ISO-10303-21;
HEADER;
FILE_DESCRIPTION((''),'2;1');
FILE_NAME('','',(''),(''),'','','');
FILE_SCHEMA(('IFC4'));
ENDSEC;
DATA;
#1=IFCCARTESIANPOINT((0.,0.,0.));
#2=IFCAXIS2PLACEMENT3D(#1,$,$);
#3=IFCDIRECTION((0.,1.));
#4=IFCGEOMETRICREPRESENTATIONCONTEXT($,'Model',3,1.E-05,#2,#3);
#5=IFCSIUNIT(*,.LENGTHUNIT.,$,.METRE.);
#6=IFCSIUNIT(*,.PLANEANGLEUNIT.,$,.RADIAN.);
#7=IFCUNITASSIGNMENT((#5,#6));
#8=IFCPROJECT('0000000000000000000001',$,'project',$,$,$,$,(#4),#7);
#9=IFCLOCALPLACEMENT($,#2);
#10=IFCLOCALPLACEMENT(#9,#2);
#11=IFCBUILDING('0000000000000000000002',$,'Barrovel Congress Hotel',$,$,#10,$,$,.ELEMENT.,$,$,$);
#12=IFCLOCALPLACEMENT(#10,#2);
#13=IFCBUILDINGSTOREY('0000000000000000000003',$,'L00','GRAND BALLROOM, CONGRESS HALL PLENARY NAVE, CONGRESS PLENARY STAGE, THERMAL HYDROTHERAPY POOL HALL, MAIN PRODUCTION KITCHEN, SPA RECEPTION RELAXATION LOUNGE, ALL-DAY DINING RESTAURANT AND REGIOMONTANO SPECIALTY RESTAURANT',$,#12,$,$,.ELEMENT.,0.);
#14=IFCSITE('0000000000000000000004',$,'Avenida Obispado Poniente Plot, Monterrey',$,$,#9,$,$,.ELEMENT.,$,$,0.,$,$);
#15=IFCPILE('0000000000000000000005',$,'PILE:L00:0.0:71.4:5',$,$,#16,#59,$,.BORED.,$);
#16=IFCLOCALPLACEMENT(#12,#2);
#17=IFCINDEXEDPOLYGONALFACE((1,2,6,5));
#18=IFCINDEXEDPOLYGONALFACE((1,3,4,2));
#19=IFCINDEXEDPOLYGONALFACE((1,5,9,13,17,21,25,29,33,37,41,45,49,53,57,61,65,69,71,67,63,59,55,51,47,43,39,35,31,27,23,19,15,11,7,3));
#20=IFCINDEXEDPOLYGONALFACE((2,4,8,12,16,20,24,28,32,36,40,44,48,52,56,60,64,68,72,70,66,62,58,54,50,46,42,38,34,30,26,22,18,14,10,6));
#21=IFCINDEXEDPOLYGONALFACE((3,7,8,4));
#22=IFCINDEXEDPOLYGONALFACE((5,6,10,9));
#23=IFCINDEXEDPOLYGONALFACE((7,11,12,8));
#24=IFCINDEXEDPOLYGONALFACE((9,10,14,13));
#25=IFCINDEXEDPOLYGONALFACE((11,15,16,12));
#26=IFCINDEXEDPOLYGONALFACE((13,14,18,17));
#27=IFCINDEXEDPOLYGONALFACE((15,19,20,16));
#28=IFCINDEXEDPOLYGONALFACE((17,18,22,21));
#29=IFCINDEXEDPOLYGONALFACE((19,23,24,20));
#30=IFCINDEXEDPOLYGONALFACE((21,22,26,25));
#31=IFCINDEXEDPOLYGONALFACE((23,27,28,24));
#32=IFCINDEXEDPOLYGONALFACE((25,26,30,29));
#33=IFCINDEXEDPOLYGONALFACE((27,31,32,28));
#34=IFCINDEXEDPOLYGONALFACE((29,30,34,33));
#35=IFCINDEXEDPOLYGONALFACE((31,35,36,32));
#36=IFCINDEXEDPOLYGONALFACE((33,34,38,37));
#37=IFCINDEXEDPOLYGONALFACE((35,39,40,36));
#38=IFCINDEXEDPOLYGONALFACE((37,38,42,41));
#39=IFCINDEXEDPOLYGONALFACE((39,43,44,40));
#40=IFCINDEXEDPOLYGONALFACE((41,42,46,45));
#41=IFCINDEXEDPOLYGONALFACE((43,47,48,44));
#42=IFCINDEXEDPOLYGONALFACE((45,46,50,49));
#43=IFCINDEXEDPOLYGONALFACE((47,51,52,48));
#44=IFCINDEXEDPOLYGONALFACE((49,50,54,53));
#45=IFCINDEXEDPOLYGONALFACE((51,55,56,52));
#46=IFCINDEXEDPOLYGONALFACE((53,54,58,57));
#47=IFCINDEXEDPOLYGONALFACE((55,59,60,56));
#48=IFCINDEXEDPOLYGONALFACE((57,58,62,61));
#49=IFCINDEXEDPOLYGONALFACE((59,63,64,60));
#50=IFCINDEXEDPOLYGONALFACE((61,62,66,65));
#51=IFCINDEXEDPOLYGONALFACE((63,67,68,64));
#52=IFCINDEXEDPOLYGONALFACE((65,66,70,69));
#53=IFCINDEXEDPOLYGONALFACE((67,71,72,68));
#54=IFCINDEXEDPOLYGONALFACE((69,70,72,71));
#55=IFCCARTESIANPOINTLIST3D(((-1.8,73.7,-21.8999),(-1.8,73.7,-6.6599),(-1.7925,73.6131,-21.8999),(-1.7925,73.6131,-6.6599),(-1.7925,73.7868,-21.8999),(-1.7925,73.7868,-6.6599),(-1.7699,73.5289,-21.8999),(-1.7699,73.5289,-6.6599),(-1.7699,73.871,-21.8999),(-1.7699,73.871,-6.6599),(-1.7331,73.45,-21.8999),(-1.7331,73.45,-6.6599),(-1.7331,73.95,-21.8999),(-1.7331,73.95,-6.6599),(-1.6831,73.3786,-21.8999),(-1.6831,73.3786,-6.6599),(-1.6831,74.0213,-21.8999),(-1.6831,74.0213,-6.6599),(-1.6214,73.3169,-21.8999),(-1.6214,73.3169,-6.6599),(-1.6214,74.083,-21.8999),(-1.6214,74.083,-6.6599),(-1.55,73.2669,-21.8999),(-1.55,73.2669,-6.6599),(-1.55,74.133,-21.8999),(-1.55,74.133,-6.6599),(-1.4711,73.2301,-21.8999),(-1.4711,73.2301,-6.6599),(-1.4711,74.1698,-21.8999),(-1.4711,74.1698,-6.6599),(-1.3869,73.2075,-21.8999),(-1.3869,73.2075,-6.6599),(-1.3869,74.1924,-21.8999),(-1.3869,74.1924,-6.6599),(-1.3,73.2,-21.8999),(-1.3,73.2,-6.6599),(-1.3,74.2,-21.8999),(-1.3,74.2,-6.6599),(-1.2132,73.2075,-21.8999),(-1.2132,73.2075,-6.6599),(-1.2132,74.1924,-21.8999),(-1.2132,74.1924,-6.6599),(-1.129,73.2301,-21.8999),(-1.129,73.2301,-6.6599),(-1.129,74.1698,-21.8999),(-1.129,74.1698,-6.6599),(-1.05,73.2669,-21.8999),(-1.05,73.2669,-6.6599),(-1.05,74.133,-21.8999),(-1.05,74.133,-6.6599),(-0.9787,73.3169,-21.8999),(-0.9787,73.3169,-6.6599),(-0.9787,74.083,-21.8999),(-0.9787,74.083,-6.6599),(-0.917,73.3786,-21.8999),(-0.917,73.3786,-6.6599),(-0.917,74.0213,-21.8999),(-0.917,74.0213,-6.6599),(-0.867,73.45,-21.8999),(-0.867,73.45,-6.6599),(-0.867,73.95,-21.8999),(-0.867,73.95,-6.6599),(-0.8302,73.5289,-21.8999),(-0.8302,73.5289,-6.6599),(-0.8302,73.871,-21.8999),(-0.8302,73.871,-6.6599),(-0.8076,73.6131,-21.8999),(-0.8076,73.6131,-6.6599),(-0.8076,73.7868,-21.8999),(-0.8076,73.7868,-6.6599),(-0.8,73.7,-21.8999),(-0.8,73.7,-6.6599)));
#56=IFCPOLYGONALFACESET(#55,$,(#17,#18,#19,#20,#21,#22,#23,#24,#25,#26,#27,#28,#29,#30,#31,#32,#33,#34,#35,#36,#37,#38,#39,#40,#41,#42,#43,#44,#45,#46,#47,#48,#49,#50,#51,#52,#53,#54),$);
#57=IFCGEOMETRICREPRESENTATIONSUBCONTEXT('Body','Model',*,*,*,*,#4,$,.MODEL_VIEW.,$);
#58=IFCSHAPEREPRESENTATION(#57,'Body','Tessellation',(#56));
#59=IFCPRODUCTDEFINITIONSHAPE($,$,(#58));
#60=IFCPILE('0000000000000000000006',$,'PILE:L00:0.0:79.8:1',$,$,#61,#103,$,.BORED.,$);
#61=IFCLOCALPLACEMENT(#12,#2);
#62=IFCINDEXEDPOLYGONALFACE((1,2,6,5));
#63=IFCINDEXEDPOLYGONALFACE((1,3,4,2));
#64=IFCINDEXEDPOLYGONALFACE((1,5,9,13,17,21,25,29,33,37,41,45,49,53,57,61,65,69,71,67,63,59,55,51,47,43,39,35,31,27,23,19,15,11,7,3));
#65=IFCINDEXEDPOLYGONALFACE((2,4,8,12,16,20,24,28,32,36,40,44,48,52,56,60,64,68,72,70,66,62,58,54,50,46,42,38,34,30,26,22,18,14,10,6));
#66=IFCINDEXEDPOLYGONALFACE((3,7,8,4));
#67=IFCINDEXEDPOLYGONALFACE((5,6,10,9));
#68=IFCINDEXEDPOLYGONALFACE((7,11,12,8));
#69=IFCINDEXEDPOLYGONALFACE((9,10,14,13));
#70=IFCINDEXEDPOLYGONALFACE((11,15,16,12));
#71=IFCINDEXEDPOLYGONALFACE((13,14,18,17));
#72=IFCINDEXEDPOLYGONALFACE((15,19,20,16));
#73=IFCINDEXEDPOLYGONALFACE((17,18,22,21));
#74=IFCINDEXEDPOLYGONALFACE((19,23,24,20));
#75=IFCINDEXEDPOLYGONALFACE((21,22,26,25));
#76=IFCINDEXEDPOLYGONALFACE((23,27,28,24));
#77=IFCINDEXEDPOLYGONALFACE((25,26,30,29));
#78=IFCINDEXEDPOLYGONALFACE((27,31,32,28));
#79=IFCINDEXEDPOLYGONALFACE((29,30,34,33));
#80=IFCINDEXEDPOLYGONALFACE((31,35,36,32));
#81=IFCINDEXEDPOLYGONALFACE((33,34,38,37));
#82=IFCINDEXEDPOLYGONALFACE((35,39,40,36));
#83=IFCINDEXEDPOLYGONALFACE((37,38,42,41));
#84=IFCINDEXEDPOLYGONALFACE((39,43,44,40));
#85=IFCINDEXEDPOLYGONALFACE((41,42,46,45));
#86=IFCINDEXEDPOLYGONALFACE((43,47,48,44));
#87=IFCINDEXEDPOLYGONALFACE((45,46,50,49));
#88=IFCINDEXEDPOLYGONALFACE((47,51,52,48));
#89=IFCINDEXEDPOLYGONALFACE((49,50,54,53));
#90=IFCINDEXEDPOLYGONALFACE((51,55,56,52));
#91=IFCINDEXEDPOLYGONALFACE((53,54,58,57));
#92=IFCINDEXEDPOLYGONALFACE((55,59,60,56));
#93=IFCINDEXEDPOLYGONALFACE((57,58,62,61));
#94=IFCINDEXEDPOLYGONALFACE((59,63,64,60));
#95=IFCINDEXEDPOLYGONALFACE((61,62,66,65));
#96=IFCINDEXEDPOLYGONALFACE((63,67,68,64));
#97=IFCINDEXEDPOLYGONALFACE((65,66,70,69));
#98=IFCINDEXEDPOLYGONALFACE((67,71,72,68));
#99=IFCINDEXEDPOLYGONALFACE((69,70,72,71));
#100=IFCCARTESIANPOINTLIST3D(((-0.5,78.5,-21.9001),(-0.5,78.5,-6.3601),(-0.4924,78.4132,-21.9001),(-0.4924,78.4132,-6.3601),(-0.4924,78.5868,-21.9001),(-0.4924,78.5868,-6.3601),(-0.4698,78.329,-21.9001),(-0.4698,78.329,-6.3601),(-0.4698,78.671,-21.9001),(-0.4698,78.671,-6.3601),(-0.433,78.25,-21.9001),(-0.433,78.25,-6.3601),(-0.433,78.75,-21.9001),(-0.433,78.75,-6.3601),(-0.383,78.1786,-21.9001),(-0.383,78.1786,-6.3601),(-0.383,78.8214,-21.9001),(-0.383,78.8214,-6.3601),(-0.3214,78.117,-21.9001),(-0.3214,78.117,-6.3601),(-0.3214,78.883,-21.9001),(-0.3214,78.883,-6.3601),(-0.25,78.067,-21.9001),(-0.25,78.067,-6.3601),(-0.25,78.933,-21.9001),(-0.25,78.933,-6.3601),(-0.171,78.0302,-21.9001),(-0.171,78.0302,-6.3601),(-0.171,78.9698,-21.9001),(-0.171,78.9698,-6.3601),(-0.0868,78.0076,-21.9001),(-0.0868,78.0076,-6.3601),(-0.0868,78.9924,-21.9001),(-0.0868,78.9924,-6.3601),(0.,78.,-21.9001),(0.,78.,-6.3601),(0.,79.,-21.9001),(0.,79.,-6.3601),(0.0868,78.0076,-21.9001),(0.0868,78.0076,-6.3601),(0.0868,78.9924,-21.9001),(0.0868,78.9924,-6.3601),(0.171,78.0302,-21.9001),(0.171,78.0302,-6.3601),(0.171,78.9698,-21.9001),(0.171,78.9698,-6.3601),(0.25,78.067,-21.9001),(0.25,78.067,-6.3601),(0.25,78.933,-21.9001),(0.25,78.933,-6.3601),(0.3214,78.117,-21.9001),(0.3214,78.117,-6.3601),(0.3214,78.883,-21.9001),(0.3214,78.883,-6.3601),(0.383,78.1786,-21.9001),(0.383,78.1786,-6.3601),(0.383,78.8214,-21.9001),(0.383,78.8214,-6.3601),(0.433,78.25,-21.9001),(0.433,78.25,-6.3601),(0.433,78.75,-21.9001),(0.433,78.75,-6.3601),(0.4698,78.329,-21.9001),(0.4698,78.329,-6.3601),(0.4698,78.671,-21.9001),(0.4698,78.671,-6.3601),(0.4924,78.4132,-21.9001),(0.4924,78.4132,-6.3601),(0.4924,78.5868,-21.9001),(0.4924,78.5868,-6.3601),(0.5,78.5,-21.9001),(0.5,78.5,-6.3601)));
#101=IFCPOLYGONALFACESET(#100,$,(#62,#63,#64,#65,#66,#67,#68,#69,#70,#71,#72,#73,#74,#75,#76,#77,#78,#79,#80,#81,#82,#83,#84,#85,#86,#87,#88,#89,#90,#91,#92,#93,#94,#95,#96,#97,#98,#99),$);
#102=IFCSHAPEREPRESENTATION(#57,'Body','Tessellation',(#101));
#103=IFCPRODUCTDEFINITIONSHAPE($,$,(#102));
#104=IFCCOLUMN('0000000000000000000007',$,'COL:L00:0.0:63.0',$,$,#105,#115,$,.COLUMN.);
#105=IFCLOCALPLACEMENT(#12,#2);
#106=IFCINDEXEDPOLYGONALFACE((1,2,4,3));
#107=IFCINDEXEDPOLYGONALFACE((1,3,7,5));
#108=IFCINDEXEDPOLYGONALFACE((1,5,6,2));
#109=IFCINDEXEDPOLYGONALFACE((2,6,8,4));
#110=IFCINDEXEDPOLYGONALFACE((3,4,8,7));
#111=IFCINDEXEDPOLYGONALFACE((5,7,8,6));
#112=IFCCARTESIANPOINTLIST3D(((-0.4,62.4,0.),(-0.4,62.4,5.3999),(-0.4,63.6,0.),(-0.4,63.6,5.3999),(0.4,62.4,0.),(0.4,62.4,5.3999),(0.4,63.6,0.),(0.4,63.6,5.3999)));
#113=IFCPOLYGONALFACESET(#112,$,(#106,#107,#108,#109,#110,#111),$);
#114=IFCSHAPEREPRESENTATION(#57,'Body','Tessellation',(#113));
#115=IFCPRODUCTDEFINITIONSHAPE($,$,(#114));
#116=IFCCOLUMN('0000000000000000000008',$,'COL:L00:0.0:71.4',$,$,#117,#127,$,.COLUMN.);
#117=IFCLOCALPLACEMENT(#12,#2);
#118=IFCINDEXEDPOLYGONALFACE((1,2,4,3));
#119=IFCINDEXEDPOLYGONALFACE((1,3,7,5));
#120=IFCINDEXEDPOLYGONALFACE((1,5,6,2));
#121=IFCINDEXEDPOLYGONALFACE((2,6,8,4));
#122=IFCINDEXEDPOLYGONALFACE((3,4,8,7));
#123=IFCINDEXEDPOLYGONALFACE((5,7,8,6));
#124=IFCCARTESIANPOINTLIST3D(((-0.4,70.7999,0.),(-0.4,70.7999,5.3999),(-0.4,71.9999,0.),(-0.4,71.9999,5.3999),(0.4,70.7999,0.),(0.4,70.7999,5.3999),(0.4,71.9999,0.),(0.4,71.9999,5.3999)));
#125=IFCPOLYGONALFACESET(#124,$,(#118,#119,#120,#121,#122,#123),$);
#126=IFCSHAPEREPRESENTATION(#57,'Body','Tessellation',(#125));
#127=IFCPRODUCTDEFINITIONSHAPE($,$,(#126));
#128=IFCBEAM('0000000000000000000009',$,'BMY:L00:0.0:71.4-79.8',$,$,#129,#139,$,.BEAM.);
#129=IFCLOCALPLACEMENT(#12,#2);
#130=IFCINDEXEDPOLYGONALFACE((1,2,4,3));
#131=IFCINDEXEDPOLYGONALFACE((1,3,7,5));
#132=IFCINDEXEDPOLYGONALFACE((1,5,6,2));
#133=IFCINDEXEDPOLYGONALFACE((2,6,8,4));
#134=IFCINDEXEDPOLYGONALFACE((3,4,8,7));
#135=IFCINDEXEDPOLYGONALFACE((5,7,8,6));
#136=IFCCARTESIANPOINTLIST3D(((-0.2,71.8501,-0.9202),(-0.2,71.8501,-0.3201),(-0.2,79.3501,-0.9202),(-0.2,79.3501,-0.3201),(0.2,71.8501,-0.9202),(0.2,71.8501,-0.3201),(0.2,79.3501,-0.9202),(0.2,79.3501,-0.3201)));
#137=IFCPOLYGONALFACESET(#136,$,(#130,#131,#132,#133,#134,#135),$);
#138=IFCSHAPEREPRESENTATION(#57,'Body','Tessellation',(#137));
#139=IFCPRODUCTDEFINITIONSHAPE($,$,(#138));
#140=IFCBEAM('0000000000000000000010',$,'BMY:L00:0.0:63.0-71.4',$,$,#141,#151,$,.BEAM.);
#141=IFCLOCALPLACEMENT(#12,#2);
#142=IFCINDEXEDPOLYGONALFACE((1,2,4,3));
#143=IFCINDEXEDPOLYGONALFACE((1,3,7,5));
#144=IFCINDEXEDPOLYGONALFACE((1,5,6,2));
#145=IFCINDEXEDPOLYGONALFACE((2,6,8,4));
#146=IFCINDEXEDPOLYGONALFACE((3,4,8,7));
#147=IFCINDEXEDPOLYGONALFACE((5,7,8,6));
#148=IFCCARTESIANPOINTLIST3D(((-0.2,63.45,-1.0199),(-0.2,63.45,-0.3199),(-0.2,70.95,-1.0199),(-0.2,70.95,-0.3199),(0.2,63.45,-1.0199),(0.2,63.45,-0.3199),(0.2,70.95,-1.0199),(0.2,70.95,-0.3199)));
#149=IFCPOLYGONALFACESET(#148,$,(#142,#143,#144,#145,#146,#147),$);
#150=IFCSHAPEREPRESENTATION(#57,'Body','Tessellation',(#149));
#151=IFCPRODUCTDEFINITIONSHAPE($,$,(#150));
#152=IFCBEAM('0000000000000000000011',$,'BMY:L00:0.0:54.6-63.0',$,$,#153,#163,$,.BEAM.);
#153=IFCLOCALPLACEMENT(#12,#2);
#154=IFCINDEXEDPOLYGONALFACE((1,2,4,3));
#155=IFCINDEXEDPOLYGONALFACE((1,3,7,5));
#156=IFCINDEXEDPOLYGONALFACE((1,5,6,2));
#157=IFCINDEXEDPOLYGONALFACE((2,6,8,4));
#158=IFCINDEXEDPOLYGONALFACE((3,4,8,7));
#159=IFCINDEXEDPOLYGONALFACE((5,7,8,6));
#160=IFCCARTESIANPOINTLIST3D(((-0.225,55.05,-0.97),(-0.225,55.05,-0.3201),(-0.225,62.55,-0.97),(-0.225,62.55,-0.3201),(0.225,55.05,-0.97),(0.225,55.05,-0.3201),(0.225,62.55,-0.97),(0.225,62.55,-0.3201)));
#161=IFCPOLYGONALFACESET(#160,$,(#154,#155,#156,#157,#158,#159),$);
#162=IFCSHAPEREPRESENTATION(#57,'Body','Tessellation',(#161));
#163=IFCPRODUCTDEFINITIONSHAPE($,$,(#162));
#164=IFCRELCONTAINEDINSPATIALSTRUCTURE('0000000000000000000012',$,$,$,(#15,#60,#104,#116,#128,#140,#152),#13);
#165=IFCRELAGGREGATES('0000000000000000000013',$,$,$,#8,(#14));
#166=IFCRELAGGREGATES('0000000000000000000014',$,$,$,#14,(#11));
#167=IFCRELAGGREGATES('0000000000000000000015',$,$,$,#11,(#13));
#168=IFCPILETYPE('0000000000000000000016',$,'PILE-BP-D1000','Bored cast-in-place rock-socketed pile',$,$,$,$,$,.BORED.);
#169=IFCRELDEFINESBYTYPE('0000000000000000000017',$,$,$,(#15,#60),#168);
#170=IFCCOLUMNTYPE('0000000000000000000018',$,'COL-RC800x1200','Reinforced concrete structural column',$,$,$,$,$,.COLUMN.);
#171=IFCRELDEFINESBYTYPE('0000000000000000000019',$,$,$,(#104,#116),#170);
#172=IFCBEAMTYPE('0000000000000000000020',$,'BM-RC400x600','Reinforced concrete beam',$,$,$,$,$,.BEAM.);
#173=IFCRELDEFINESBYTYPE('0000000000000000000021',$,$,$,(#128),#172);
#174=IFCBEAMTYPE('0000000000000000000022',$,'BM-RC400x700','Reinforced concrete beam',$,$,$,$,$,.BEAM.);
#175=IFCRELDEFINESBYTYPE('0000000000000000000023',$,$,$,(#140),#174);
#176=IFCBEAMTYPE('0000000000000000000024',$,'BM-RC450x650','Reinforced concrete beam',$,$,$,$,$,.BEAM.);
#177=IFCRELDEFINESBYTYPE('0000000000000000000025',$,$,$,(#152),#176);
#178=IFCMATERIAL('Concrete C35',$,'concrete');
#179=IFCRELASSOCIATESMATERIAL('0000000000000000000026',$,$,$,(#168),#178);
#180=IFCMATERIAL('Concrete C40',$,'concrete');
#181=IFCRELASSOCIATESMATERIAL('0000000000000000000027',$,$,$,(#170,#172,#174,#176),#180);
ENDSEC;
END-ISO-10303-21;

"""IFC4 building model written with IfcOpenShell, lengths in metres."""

from ifc_helpers import new_model, si_unit, direction, frame, origin, origin_2d, place, context, subcontext, project, spatial, rectangle, circle, extrude, material, material_profile, profile_set, type_object, element, save


model = new_model("IFC4")

# Units and contexts
model_context = context("Model", 3, precision=1e-05, world=origin(), true_north=direction((0.0, 1.0)))
body_context = subcontext(model_context, "Body", "Model", "MODEL_VIEW")
ifc_project = project(units=[si_unit("LENGTHUNIT", "METRE"), si_unit("PLANEANGLEUNIT", "RADIAN")], contexts=[model_context])

# Site, building, storey
site_placement = place(None, origin())
site = spatial("IfcSite", under=ifc_project, at=site_placement, Name="Avenida Obispado Poniente Plot, Monterrey", CompositionType="ELEMENT", RefElevation=0.0)
building_placement = place(site_placement, origin())
building = spatial("IfcBuilding", under=site, at=building_placement, Name="Barrovel Congress Hotel", CompositionType="ELEMENT")
storey_placement = place(building_placement, origin())
storey = spatial("IfcBuildingStorey", under=building, at=storey_placement, Name="L00", Description="GRAND BALLROOM, CONGRESS HALL PLENARY NAVE, CONGRESS PLENARY STAGE, THERMAL HYDROTHERAPY POOL HALL, MAIN PRODUCTION KITCHEN, SPA RECEPTION RELAXATION LOUNGE, ALL-DAY DINING RESTAURANT AND REGIOMONTANO SPECIALTY RESTAURANT", CompositionType="ELEMENT", Elevation=0.0)

# Shared definitions
ifc_material_1 = material(Name="Concrete C40", Category="concrete")

# Piles
ifc_material_2 = material(Name="Concrete C35", Category="concrete")
ifc_material_profile_1 = material_profile(ifc_material_2, circle(Radius=0.5, at=origin_2d()), Name="BP-D1000")
ifc_profile_set_1 = profile_set([ifc_material_profile_1], Name="Concrete C35")
pile_type = type_object("IfcPileType", Name="PILE-BP-D1000", Description="Bored cast-in-place rock-socketed pile", PredefinedType="BORED", material=ifc_profile_set_1)
for number, where, z_axis, x_axis, name in (
    (1, (-1.3, 73.7, -6.6599), (0.0, 0.0, -1.0), (1.0, 0.0, 0.0), "PILE:L00:0.0:71.4:5"),
):
    element("IfcPile", number, at=place(storey_placement, frame(where, z_axis=z_axis, x_axis=x_axis)), inside=storey, type_object=pile_type, Name=name, PredefinedType="BORED", context=body_context, shape_type="SweptSolid", body=[
        extrude(circle(Radius=0.5, at=origin_2d()), origin(), (0.0, 0.0, 1.0), 15.24),
    ])
pile_placement = place(storey_placement, frame((0.0, 78.5, -6.3601), z_axis=(0.0, 0.0, -1.0), x_axis=(1.0, 0.0, 0.0)))
element("IfcPile", 2, at=pile_placement, inside=storey, type_object=pile_type, Name="PILE:L00:0.0:79.8:1", PredefinedType="BORED", context=body_context, shape_type="SweptSolid", body=[
    extrude(circle(Radius=0.5, at=origin_2d()), origin(), (0.0, 0.0, 1.0), 15.54),
])

# Columns
ifc_material_profile_2 = material_profile(ifc_material_1, rectangle(XDim=0.8, YDim=1.2, at=origin_2d()), Name="RC800x1200")
ifc_profile_set_2 = profile_set([ifc_material_profile_2], Name="Concrete C40")
column_type = type_object("IfcColumnType", Name="COL-RC800x1200", Description="Reinforced concrete structural column", PredefinedType="COLUMN", material=ifc_profile_set_2)
for number, where, z_axis, x_axis, name in (
    (3, (0.0, 63.0, 0.0), (0.0, 0.0, 1.0), (1.0, 0.0, 0.0), "COL:L00:0.0:63.0"),
    (4, (0.0, 71.3999, 0.0), (0.0, 0.0, 1.0), (1.0, 0.0, 0.0), "COL:L00:0.0:71.4"),
):
    element("IfcColumn", number, at=place(storey_placement, frame(where, z_axis=z_axis, x_axis=x_axis)), inside=storey, type_object=column_type, Name=name, PredefinedType="COLUMN", context=body_context, shape_type="SweptSolid", body=[
        extrude(rectangle(XDim=0.8, YDim=1.2, at=origin_2d()), origin(), (0.0, 0.0, 1.0), 5.3999),
    ])

# Beams
ifc_material_profile_3 = material_profile(ifc_material_1, rectangle(XDim=0.3999, YDim=0.6001, at=origin_2d()), Name="RC400x600")
ifc_profile_set_3 = profile_set([ifc_material_profile_3], Name="Concrete C40")
beam_type_1 = type_object("IfcBeamType", Name="BM-RC400x600", Description="Reinforced concrete beam", PredefinedType="BEAM", material=ifc_profile_set_3)
beam_1_placement = place(storey_placement, frame((0.0, 71.8501, -0.6201), z_axis=(0.0, 1.0, 0.0), x_axis=(-1.0, 0.0, 0.0)))
element("IfcBeam", 5, at=beam_1_placement, inside=storey, type_object=beam_type_1, Name="BMY:L00:0.0:71.4-79.8", PredefinedType="BEAM", context=body_context, shape_type="SweptSolid", body=[
    extrude(rectangle(XDim=0.3999, YDim=0.6001, at=origin_2d()), origin(), (0.0, 0.0, 1.0), 7.5),
])
ifc_material_profile_4 = material_profile(ifc_material_1, rectangle(XDim=0.3999, YDim=0.7, at=origin_2d()), Name="RC400x700")
ifc_profile_set_4 = profile_set([ifc_material_profile_4], Name="Concrete C40")
beam_type_2 = type_object("IfcBeamType", Name="BM-RC400x700", Description="Reinforced concrete beam", PredefinedType="BEAM", material=ifc_profile_set_4)
beam_2_placement = place(storey_placement, frame((0.0, 63.45, -0.6699), z_axis=(0.0, 1.0, 0.0), x_axis=(-1.0, 0.0, 0.0)))
element("IfcBeam", 6, at=beam_2_placement, inside=storey, type_object=beam_type_2, Name="BMY:L00:0.0:63.0-71.4", PredefinedType="BEAM", context=body_context, shape_type="SweptSolid", body=[
    extrude(rectangle(XDim=0.3999, YDim=0.7, at=origin_2d()), origin(), (0.0, 0.0, 1.0), 7.5),
])
ifc_material_profile_5 = material_profile(ifc_material_1, rectangle(XDim=0.45, YDim=0.6499, at=origin_2d()), Name="RC450x650")
ifc_profile_set_5 = profile_set([ifc_material_profile_5], Name="Concrete C40")
beam_type_3 = type_object("IfcBeamType", Name="BM-RC450x650", Description="Reinforced concrete beam", PredefinedType="BEAM", material=ifc_profile_set_5)
beam_3_placement = place(storey_placement, frame((0.0, 55.05, -0.645), z_axis=(0.0, 1.0, 0.0), x_axis=(-1.0, 0.0, 0.0)))
element("IfcBeam", 7, at=beam_3_placement, inside=storey, type_object=beam_type_3, Name="BMY:L00:0.0:54.6-63.0", PredefinedType="BEAM", context=body_context, shape_type="SweptSolid", body=[
    extrude(rectangle(XDim=0.45, YDim=0.6499, at=origin_2d()), origin(), (0.0, 0.0, 1.0), 7.5),
])

save(model, "model.ifc")
